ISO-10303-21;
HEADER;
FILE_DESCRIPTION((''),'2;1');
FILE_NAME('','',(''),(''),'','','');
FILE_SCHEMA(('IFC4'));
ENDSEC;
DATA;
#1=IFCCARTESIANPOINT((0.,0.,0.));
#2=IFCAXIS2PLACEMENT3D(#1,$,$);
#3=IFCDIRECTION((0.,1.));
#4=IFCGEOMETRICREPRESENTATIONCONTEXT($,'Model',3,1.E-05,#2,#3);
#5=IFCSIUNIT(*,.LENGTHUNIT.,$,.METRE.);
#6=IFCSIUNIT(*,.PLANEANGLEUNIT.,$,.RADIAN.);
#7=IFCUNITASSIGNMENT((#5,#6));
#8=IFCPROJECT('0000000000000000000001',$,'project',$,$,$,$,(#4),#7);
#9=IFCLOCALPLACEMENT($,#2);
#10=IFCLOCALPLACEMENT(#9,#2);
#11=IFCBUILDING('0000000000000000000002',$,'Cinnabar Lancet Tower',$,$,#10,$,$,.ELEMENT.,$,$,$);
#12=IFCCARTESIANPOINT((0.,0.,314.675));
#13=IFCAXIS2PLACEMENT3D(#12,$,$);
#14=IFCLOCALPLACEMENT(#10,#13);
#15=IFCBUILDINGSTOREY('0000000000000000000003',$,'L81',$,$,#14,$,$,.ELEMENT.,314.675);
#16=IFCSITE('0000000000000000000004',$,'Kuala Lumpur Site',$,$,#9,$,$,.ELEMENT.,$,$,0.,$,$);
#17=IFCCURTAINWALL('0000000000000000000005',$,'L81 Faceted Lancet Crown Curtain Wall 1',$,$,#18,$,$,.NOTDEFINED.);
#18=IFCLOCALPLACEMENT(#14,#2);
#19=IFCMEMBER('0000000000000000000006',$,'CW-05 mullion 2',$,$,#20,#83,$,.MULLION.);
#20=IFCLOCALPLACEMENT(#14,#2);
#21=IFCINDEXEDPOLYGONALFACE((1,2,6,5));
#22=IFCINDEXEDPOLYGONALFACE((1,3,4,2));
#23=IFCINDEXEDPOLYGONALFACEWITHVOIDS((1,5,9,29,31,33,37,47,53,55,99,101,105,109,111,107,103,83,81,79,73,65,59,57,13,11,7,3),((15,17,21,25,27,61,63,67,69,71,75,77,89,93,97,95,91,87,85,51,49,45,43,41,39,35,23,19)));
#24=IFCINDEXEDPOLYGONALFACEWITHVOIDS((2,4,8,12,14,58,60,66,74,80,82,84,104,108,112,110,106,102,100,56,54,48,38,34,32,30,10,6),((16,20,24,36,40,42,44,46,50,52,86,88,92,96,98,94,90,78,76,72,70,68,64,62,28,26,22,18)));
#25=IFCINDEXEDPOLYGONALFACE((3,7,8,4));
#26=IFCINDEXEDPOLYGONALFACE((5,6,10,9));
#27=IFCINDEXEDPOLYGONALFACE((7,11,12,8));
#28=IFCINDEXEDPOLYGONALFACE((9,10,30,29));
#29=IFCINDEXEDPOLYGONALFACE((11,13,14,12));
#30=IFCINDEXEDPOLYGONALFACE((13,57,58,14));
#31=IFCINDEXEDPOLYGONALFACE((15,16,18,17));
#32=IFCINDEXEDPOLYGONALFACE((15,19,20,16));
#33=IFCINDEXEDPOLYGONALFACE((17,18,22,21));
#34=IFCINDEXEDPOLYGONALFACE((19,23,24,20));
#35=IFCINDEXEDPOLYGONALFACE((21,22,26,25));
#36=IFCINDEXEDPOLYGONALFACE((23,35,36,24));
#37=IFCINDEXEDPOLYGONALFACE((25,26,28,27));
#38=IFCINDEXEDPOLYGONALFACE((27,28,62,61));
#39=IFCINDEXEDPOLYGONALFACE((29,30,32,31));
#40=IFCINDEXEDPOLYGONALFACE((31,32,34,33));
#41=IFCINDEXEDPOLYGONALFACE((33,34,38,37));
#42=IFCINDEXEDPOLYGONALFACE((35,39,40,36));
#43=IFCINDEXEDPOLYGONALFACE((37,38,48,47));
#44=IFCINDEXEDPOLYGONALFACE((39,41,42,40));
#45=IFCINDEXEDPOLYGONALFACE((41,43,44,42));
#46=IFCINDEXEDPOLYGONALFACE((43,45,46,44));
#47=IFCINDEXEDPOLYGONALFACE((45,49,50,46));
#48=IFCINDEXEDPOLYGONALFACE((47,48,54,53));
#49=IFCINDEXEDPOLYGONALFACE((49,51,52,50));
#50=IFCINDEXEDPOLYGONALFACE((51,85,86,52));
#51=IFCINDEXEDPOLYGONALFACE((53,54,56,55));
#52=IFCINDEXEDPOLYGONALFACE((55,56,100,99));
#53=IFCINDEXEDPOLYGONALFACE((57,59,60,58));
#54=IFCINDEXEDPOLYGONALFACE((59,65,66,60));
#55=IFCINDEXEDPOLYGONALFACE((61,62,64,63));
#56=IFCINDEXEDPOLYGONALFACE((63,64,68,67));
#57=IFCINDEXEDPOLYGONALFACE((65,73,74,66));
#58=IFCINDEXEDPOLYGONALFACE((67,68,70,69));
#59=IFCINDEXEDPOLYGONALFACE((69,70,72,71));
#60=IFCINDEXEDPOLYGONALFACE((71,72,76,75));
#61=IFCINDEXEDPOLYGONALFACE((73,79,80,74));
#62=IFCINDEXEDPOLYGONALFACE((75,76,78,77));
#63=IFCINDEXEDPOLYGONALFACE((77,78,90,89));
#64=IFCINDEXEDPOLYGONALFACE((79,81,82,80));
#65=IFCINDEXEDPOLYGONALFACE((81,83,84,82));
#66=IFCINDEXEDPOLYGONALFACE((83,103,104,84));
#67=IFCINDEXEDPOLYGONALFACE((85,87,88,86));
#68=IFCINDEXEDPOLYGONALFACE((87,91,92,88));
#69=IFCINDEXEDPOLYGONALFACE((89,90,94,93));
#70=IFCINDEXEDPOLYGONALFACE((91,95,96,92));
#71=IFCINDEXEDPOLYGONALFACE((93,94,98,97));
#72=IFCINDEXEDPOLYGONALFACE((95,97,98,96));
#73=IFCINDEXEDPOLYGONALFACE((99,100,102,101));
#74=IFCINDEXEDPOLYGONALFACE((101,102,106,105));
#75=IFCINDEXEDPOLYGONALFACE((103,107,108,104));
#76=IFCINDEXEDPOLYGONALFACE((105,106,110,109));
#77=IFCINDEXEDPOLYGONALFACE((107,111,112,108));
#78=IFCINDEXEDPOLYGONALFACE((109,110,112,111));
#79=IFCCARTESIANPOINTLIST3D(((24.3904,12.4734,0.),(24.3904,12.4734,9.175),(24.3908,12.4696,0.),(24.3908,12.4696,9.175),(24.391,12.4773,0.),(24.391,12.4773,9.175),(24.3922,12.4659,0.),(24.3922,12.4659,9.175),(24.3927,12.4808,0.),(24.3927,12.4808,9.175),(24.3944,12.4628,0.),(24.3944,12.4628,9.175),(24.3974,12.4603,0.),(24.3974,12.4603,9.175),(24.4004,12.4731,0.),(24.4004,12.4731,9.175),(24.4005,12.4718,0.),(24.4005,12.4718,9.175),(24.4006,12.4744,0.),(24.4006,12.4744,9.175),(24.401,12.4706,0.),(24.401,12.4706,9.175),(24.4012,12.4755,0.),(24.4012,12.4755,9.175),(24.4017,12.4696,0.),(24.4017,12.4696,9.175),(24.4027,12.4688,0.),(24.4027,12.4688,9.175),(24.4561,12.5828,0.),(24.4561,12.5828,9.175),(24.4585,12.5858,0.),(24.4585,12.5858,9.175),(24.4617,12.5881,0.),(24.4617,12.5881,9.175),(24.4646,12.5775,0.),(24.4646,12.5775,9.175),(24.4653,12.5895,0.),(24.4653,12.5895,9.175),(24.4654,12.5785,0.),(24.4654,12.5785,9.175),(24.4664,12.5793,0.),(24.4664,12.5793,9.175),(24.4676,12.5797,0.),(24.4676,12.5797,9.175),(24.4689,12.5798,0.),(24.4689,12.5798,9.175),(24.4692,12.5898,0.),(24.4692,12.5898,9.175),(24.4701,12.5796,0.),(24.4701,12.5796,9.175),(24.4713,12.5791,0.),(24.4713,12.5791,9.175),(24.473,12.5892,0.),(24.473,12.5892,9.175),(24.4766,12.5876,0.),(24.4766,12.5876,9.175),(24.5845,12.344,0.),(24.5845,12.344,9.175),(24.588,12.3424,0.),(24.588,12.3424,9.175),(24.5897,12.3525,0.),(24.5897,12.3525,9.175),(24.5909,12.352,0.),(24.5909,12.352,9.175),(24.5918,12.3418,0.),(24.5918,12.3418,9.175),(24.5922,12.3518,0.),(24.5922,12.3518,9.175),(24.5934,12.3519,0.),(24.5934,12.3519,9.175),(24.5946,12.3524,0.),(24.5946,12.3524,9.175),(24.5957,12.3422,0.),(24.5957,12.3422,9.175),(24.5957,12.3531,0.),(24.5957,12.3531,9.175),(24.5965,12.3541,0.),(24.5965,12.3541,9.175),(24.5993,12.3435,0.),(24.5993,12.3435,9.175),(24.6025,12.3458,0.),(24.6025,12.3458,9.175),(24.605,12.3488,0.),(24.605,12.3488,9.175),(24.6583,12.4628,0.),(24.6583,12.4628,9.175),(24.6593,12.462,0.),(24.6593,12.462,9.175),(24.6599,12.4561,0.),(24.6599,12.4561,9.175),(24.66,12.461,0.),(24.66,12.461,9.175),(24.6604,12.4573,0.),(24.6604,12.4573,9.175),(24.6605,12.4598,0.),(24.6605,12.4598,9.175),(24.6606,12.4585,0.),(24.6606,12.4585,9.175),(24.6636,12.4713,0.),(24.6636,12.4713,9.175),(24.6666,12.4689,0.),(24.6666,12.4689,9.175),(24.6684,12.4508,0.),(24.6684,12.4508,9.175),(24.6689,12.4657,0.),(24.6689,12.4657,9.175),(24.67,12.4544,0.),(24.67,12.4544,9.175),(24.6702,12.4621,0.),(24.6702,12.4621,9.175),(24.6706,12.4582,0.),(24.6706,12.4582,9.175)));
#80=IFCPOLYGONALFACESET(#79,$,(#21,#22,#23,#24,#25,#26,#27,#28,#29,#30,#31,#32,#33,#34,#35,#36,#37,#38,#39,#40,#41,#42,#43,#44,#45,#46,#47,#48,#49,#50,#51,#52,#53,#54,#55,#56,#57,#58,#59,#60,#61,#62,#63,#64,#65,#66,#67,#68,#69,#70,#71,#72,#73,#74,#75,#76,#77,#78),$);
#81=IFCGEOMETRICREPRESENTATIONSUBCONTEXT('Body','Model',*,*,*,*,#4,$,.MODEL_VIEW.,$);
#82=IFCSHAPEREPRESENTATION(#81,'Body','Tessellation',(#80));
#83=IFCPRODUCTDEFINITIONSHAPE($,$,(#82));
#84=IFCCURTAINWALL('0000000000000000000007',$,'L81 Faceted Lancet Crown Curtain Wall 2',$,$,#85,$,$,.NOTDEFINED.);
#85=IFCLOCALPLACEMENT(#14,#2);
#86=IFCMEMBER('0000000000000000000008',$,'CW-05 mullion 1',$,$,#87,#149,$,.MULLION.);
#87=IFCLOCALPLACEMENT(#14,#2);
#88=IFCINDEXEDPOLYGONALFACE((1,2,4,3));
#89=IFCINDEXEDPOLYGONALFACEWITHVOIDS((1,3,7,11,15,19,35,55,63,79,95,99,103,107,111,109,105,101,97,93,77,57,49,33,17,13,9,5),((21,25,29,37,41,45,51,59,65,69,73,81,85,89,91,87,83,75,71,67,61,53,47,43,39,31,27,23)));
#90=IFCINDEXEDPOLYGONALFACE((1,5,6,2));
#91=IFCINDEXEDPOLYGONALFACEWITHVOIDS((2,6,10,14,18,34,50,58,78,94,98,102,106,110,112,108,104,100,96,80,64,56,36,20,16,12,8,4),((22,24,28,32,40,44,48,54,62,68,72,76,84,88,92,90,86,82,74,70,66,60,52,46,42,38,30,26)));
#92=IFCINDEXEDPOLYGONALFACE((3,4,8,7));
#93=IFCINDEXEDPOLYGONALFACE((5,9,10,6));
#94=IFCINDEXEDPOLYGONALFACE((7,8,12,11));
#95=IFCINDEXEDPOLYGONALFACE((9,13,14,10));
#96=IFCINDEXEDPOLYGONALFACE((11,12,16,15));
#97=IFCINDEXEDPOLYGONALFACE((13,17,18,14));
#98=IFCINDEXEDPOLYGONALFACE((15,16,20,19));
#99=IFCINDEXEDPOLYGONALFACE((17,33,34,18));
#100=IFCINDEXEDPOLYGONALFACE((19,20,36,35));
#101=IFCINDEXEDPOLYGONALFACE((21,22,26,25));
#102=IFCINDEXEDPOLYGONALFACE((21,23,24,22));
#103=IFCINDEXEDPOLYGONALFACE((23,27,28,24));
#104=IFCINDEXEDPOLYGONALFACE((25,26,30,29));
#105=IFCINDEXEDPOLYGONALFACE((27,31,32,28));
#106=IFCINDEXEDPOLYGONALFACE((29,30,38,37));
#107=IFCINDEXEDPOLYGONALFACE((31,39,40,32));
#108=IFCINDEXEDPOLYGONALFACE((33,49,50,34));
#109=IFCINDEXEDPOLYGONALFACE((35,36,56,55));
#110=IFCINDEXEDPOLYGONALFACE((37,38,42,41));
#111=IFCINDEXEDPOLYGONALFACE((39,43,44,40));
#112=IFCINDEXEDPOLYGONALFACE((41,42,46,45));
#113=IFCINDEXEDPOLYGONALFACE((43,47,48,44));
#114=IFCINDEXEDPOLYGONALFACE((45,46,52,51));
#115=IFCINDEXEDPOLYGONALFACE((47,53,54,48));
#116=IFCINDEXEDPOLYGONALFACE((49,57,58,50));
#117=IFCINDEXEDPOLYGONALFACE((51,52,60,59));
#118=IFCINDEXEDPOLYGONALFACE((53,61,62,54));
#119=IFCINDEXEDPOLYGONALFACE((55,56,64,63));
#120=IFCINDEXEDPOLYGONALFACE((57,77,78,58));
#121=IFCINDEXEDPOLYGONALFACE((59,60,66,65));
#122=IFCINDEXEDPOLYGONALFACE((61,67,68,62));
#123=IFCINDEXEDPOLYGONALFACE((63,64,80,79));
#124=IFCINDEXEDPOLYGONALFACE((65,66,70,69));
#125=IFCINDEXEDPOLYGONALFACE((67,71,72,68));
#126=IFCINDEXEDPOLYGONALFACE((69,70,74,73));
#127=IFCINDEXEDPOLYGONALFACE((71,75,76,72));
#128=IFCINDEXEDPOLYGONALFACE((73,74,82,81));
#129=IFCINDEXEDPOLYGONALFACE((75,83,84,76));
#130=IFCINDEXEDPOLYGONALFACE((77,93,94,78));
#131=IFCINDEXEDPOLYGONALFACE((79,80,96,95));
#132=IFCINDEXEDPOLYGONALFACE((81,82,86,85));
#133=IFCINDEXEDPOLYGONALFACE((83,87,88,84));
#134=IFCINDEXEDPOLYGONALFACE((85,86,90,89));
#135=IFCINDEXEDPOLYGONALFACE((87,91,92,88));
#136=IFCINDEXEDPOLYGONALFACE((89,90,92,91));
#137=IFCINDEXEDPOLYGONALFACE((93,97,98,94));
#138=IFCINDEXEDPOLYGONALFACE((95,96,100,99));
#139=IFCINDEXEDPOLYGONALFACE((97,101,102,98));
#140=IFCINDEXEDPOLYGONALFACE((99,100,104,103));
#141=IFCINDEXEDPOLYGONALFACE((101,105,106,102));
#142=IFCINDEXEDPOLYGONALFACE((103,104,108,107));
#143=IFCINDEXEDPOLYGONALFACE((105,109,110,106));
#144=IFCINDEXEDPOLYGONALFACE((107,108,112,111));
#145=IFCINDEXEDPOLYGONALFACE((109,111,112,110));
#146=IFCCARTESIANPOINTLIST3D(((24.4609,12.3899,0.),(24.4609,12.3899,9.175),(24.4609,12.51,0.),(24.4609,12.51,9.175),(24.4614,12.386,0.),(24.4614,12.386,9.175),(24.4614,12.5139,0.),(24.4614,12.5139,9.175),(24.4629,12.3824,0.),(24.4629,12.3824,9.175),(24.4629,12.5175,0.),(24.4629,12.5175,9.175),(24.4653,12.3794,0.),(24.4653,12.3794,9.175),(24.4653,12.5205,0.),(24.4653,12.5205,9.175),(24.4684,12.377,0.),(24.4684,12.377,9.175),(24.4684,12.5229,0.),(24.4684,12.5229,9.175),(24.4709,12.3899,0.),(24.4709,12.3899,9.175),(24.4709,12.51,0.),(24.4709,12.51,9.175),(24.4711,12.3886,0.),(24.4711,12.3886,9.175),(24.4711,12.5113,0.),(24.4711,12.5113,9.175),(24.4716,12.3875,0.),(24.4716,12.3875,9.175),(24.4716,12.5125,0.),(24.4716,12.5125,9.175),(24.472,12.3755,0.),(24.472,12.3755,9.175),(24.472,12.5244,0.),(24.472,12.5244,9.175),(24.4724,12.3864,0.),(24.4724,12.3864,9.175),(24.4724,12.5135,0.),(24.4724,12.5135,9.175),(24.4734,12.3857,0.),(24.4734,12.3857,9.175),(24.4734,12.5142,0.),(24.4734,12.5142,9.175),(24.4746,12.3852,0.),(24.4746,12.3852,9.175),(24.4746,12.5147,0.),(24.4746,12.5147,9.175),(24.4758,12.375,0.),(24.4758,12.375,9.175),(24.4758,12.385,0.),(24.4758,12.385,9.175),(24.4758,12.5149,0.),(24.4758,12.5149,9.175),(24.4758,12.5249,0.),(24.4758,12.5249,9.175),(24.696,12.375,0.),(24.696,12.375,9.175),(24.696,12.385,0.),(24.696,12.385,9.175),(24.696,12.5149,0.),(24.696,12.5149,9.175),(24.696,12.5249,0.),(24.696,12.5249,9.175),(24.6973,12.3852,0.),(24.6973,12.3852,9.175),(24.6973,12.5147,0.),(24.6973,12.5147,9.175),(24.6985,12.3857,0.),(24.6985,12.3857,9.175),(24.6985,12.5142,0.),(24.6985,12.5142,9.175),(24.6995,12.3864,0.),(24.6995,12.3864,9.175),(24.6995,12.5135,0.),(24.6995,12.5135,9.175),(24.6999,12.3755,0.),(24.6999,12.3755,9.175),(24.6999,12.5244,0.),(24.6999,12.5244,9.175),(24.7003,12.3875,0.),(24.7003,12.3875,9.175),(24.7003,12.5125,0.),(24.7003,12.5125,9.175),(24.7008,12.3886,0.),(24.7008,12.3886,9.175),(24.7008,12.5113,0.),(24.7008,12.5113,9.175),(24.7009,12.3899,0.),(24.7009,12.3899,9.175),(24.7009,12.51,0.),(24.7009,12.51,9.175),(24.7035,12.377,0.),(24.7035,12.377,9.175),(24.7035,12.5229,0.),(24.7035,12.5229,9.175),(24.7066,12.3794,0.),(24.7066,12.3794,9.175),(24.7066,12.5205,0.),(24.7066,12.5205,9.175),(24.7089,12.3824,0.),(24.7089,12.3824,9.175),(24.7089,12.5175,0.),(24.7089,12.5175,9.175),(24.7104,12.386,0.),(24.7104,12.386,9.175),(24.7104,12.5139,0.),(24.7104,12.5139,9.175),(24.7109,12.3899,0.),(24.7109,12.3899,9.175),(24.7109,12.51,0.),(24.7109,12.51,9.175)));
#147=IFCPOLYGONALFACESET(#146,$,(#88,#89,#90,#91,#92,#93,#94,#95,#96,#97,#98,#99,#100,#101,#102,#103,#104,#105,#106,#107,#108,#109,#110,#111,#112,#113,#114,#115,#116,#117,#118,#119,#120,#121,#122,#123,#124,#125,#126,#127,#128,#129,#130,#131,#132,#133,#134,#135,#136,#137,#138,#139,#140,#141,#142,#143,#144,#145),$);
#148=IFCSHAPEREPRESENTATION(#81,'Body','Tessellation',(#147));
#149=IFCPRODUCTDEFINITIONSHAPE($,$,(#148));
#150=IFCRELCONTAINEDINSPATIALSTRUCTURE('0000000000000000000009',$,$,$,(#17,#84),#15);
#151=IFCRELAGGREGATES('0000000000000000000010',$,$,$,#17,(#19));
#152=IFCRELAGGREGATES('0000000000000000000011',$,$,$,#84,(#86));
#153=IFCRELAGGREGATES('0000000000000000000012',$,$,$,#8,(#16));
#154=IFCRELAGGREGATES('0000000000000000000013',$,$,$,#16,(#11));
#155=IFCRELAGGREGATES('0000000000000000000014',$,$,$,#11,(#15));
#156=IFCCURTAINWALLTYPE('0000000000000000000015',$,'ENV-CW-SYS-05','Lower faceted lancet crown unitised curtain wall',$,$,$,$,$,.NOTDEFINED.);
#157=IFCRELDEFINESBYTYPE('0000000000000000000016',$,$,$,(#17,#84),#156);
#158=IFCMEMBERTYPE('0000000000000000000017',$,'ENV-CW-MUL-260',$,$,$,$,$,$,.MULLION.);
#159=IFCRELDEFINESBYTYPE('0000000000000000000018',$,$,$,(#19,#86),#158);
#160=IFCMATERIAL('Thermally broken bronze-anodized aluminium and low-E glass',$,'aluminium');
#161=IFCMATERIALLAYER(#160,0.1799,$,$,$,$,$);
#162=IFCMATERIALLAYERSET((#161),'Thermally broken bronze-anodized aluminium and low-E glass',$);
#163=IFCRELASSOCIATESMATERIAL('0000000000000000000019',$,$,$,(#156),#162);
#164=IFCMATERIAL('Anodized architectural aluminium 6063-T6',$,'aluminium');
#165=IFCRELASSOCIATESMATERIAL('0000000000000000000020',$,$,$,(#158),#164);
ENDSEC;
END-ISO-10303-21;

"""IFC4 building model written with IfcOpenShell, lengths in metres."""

from ifc_helpers import new_model, si_unit, direction, frame, origin, origin_2d, place, context, subcontext, project, spatial, hollow_rectangle, extrude, material, layer, layer_set, material_profile, profile_set, type_object, element, aggregate, save


model = new_model("IFC4")

# Units and contexts
model_context = context("Model", 3, precision=1e-05, world=origin(), true_north=direction((0.0, 1.0)))
body_context = subcontext(model_context, "Body", "Model", "MODEL_VIEW")
ifc_project = project(units=[si_unit("LENGTHUNIT", "METRE"), si_unit("PLANEANGLEUNIT", "RADIAN")], contexts=[model_context])

# Site, building, storey
site_placement = place(None, origin())
site = spatial("IfcSite", under=ifc_project, at=site_placement, Name="Kuala Lumpur Site", CompositionType="ELEMENT", RefElevation=0.0)
building_placement = place(site_placement, origin())
building = spatial("IfcBuilding", under=site, at=building_placement, Name="Cinnabar Lancet Tower", CompositionType="ELEMENT")
storey_placement = place(building_placement, frame((0.0, 0.0, 314.675)))
storey = spatial("IfcBuildingStorey", under=building, at=storey_placement, Name="L81", CompositionType="ELEMENT", Elevation=314.675)

# Curtain wall, member
ifc_material_1 = material(Name="Thermally broken bronze-anodized aluminium and low-E glass", Category="aluminium")
ifc_layer_1 = layer(ifc_material_1, 0.1799)
ifc_layer_set_1 = layer_set([ifc_layer_1], Name="Thermally broken bronze-anodized aluminium and low-E glass")
curtain_wall_type = type_object("IfcCurtainWallType", Name="ENV-CW-SYS-05", Description="Lower faceted lancet crown unitised curtain wall", PredefinedType="NOTDEFINED", material=ifc_layer_set_1)
curtain_wall_1_placement = place(storey_placement, origin())
curtain_wall_1 = element("IfcCurtainWall", 1, at=curtain_wall_1_placement, inside=storey, type_object=curtain_wall_type, Name="L81 Faceted Lancet Crown Curtain Wall 1", PredefinedType="NOTDEFINED")
ifc_material_2 = material(Name="Anodized architectural aluminium 6063-T6", Category="aluminium")
ifc_material_profile_1 = material_profile(ifc_material_2, hollow_rectangle(XDim=0.1499, YDim=0.25, WallThickness=0.01, InnerFilletRadius=0.0049, OuterFilletRadius=0.0149, at=origin_2d()), Name="RHS 250x150x10")
ifc_profile_set_1 = profile_set([ifc_material_profile_1], Name="Anodized architectural aluminium 6063-T6")
member_type_1 = type_object("IfcMemberType", Name="ENV-CW-MUL-260", PredefinedType="MULLION", material=ifc_profile_set_1)
member_1_placement = place(storey_placement, frame((24.5305, 12.4658, 0.0), z_axis=(0.0, 0.0, 1.0), x_axis=(0.527976, 0.849259, 0.0)))
member_1 = element("IfcMember", 2, at=member_1_placement, type_object=member_type_1, Name="CW-05 mullion 2", PredefinedType="MULLION", context=body_context, shape_type="SweptSolid", body=[
    extrude(hollow_rectangle(XDim=0.1499, YDim=0.25, WallThickness=0.01, InnerFilletRadius=0.0049, OuterFilletRadius=0.0149, at=origin_2d()), origin(), (0.0, 0.0, 1.0), 9.175),
])

# Curtain wall, member
curtain_wall_2_placement = place(storey_placement, origin())
curtain_wall_2 = element("IfcCurtainWall", 3, at=curtain_wall_2_placement, inside=storey, type_object=curtain_wall_type, Name="L81 Faceted Lancet Crown Curtain Wall 2", PredefinedType="NOTDEFINED")
member_2_placement = place(storey_placement, frame((24.5859, 12.45, 0.0), z_axis=(0.0, 0.0, 1.0), x_axis=(0.0, 1.0, 0.0)))
member_2 = element("IfcMember", 4, at=member_2_placement, type_object=member_type_1, Name="CW-05 mullion 1", PredefinedType="MULLION", context=body_context, shape_type="SweptSolid", body=[
    extrude(hollow_rectangle(XDim=0.1499, YDim=0.25, WallThickness=0.01, InnerFilletRadius=0.0049, OuterFilletRadius=0.0149, at=origin_2d()), origin(), (0.0, 0.0, 1.0), 9.175),
])

aggregate(curtain_wall_1, [member_1])
aggregate(curtain_wall_2, [member_2])

save(model, "model.ifc")
